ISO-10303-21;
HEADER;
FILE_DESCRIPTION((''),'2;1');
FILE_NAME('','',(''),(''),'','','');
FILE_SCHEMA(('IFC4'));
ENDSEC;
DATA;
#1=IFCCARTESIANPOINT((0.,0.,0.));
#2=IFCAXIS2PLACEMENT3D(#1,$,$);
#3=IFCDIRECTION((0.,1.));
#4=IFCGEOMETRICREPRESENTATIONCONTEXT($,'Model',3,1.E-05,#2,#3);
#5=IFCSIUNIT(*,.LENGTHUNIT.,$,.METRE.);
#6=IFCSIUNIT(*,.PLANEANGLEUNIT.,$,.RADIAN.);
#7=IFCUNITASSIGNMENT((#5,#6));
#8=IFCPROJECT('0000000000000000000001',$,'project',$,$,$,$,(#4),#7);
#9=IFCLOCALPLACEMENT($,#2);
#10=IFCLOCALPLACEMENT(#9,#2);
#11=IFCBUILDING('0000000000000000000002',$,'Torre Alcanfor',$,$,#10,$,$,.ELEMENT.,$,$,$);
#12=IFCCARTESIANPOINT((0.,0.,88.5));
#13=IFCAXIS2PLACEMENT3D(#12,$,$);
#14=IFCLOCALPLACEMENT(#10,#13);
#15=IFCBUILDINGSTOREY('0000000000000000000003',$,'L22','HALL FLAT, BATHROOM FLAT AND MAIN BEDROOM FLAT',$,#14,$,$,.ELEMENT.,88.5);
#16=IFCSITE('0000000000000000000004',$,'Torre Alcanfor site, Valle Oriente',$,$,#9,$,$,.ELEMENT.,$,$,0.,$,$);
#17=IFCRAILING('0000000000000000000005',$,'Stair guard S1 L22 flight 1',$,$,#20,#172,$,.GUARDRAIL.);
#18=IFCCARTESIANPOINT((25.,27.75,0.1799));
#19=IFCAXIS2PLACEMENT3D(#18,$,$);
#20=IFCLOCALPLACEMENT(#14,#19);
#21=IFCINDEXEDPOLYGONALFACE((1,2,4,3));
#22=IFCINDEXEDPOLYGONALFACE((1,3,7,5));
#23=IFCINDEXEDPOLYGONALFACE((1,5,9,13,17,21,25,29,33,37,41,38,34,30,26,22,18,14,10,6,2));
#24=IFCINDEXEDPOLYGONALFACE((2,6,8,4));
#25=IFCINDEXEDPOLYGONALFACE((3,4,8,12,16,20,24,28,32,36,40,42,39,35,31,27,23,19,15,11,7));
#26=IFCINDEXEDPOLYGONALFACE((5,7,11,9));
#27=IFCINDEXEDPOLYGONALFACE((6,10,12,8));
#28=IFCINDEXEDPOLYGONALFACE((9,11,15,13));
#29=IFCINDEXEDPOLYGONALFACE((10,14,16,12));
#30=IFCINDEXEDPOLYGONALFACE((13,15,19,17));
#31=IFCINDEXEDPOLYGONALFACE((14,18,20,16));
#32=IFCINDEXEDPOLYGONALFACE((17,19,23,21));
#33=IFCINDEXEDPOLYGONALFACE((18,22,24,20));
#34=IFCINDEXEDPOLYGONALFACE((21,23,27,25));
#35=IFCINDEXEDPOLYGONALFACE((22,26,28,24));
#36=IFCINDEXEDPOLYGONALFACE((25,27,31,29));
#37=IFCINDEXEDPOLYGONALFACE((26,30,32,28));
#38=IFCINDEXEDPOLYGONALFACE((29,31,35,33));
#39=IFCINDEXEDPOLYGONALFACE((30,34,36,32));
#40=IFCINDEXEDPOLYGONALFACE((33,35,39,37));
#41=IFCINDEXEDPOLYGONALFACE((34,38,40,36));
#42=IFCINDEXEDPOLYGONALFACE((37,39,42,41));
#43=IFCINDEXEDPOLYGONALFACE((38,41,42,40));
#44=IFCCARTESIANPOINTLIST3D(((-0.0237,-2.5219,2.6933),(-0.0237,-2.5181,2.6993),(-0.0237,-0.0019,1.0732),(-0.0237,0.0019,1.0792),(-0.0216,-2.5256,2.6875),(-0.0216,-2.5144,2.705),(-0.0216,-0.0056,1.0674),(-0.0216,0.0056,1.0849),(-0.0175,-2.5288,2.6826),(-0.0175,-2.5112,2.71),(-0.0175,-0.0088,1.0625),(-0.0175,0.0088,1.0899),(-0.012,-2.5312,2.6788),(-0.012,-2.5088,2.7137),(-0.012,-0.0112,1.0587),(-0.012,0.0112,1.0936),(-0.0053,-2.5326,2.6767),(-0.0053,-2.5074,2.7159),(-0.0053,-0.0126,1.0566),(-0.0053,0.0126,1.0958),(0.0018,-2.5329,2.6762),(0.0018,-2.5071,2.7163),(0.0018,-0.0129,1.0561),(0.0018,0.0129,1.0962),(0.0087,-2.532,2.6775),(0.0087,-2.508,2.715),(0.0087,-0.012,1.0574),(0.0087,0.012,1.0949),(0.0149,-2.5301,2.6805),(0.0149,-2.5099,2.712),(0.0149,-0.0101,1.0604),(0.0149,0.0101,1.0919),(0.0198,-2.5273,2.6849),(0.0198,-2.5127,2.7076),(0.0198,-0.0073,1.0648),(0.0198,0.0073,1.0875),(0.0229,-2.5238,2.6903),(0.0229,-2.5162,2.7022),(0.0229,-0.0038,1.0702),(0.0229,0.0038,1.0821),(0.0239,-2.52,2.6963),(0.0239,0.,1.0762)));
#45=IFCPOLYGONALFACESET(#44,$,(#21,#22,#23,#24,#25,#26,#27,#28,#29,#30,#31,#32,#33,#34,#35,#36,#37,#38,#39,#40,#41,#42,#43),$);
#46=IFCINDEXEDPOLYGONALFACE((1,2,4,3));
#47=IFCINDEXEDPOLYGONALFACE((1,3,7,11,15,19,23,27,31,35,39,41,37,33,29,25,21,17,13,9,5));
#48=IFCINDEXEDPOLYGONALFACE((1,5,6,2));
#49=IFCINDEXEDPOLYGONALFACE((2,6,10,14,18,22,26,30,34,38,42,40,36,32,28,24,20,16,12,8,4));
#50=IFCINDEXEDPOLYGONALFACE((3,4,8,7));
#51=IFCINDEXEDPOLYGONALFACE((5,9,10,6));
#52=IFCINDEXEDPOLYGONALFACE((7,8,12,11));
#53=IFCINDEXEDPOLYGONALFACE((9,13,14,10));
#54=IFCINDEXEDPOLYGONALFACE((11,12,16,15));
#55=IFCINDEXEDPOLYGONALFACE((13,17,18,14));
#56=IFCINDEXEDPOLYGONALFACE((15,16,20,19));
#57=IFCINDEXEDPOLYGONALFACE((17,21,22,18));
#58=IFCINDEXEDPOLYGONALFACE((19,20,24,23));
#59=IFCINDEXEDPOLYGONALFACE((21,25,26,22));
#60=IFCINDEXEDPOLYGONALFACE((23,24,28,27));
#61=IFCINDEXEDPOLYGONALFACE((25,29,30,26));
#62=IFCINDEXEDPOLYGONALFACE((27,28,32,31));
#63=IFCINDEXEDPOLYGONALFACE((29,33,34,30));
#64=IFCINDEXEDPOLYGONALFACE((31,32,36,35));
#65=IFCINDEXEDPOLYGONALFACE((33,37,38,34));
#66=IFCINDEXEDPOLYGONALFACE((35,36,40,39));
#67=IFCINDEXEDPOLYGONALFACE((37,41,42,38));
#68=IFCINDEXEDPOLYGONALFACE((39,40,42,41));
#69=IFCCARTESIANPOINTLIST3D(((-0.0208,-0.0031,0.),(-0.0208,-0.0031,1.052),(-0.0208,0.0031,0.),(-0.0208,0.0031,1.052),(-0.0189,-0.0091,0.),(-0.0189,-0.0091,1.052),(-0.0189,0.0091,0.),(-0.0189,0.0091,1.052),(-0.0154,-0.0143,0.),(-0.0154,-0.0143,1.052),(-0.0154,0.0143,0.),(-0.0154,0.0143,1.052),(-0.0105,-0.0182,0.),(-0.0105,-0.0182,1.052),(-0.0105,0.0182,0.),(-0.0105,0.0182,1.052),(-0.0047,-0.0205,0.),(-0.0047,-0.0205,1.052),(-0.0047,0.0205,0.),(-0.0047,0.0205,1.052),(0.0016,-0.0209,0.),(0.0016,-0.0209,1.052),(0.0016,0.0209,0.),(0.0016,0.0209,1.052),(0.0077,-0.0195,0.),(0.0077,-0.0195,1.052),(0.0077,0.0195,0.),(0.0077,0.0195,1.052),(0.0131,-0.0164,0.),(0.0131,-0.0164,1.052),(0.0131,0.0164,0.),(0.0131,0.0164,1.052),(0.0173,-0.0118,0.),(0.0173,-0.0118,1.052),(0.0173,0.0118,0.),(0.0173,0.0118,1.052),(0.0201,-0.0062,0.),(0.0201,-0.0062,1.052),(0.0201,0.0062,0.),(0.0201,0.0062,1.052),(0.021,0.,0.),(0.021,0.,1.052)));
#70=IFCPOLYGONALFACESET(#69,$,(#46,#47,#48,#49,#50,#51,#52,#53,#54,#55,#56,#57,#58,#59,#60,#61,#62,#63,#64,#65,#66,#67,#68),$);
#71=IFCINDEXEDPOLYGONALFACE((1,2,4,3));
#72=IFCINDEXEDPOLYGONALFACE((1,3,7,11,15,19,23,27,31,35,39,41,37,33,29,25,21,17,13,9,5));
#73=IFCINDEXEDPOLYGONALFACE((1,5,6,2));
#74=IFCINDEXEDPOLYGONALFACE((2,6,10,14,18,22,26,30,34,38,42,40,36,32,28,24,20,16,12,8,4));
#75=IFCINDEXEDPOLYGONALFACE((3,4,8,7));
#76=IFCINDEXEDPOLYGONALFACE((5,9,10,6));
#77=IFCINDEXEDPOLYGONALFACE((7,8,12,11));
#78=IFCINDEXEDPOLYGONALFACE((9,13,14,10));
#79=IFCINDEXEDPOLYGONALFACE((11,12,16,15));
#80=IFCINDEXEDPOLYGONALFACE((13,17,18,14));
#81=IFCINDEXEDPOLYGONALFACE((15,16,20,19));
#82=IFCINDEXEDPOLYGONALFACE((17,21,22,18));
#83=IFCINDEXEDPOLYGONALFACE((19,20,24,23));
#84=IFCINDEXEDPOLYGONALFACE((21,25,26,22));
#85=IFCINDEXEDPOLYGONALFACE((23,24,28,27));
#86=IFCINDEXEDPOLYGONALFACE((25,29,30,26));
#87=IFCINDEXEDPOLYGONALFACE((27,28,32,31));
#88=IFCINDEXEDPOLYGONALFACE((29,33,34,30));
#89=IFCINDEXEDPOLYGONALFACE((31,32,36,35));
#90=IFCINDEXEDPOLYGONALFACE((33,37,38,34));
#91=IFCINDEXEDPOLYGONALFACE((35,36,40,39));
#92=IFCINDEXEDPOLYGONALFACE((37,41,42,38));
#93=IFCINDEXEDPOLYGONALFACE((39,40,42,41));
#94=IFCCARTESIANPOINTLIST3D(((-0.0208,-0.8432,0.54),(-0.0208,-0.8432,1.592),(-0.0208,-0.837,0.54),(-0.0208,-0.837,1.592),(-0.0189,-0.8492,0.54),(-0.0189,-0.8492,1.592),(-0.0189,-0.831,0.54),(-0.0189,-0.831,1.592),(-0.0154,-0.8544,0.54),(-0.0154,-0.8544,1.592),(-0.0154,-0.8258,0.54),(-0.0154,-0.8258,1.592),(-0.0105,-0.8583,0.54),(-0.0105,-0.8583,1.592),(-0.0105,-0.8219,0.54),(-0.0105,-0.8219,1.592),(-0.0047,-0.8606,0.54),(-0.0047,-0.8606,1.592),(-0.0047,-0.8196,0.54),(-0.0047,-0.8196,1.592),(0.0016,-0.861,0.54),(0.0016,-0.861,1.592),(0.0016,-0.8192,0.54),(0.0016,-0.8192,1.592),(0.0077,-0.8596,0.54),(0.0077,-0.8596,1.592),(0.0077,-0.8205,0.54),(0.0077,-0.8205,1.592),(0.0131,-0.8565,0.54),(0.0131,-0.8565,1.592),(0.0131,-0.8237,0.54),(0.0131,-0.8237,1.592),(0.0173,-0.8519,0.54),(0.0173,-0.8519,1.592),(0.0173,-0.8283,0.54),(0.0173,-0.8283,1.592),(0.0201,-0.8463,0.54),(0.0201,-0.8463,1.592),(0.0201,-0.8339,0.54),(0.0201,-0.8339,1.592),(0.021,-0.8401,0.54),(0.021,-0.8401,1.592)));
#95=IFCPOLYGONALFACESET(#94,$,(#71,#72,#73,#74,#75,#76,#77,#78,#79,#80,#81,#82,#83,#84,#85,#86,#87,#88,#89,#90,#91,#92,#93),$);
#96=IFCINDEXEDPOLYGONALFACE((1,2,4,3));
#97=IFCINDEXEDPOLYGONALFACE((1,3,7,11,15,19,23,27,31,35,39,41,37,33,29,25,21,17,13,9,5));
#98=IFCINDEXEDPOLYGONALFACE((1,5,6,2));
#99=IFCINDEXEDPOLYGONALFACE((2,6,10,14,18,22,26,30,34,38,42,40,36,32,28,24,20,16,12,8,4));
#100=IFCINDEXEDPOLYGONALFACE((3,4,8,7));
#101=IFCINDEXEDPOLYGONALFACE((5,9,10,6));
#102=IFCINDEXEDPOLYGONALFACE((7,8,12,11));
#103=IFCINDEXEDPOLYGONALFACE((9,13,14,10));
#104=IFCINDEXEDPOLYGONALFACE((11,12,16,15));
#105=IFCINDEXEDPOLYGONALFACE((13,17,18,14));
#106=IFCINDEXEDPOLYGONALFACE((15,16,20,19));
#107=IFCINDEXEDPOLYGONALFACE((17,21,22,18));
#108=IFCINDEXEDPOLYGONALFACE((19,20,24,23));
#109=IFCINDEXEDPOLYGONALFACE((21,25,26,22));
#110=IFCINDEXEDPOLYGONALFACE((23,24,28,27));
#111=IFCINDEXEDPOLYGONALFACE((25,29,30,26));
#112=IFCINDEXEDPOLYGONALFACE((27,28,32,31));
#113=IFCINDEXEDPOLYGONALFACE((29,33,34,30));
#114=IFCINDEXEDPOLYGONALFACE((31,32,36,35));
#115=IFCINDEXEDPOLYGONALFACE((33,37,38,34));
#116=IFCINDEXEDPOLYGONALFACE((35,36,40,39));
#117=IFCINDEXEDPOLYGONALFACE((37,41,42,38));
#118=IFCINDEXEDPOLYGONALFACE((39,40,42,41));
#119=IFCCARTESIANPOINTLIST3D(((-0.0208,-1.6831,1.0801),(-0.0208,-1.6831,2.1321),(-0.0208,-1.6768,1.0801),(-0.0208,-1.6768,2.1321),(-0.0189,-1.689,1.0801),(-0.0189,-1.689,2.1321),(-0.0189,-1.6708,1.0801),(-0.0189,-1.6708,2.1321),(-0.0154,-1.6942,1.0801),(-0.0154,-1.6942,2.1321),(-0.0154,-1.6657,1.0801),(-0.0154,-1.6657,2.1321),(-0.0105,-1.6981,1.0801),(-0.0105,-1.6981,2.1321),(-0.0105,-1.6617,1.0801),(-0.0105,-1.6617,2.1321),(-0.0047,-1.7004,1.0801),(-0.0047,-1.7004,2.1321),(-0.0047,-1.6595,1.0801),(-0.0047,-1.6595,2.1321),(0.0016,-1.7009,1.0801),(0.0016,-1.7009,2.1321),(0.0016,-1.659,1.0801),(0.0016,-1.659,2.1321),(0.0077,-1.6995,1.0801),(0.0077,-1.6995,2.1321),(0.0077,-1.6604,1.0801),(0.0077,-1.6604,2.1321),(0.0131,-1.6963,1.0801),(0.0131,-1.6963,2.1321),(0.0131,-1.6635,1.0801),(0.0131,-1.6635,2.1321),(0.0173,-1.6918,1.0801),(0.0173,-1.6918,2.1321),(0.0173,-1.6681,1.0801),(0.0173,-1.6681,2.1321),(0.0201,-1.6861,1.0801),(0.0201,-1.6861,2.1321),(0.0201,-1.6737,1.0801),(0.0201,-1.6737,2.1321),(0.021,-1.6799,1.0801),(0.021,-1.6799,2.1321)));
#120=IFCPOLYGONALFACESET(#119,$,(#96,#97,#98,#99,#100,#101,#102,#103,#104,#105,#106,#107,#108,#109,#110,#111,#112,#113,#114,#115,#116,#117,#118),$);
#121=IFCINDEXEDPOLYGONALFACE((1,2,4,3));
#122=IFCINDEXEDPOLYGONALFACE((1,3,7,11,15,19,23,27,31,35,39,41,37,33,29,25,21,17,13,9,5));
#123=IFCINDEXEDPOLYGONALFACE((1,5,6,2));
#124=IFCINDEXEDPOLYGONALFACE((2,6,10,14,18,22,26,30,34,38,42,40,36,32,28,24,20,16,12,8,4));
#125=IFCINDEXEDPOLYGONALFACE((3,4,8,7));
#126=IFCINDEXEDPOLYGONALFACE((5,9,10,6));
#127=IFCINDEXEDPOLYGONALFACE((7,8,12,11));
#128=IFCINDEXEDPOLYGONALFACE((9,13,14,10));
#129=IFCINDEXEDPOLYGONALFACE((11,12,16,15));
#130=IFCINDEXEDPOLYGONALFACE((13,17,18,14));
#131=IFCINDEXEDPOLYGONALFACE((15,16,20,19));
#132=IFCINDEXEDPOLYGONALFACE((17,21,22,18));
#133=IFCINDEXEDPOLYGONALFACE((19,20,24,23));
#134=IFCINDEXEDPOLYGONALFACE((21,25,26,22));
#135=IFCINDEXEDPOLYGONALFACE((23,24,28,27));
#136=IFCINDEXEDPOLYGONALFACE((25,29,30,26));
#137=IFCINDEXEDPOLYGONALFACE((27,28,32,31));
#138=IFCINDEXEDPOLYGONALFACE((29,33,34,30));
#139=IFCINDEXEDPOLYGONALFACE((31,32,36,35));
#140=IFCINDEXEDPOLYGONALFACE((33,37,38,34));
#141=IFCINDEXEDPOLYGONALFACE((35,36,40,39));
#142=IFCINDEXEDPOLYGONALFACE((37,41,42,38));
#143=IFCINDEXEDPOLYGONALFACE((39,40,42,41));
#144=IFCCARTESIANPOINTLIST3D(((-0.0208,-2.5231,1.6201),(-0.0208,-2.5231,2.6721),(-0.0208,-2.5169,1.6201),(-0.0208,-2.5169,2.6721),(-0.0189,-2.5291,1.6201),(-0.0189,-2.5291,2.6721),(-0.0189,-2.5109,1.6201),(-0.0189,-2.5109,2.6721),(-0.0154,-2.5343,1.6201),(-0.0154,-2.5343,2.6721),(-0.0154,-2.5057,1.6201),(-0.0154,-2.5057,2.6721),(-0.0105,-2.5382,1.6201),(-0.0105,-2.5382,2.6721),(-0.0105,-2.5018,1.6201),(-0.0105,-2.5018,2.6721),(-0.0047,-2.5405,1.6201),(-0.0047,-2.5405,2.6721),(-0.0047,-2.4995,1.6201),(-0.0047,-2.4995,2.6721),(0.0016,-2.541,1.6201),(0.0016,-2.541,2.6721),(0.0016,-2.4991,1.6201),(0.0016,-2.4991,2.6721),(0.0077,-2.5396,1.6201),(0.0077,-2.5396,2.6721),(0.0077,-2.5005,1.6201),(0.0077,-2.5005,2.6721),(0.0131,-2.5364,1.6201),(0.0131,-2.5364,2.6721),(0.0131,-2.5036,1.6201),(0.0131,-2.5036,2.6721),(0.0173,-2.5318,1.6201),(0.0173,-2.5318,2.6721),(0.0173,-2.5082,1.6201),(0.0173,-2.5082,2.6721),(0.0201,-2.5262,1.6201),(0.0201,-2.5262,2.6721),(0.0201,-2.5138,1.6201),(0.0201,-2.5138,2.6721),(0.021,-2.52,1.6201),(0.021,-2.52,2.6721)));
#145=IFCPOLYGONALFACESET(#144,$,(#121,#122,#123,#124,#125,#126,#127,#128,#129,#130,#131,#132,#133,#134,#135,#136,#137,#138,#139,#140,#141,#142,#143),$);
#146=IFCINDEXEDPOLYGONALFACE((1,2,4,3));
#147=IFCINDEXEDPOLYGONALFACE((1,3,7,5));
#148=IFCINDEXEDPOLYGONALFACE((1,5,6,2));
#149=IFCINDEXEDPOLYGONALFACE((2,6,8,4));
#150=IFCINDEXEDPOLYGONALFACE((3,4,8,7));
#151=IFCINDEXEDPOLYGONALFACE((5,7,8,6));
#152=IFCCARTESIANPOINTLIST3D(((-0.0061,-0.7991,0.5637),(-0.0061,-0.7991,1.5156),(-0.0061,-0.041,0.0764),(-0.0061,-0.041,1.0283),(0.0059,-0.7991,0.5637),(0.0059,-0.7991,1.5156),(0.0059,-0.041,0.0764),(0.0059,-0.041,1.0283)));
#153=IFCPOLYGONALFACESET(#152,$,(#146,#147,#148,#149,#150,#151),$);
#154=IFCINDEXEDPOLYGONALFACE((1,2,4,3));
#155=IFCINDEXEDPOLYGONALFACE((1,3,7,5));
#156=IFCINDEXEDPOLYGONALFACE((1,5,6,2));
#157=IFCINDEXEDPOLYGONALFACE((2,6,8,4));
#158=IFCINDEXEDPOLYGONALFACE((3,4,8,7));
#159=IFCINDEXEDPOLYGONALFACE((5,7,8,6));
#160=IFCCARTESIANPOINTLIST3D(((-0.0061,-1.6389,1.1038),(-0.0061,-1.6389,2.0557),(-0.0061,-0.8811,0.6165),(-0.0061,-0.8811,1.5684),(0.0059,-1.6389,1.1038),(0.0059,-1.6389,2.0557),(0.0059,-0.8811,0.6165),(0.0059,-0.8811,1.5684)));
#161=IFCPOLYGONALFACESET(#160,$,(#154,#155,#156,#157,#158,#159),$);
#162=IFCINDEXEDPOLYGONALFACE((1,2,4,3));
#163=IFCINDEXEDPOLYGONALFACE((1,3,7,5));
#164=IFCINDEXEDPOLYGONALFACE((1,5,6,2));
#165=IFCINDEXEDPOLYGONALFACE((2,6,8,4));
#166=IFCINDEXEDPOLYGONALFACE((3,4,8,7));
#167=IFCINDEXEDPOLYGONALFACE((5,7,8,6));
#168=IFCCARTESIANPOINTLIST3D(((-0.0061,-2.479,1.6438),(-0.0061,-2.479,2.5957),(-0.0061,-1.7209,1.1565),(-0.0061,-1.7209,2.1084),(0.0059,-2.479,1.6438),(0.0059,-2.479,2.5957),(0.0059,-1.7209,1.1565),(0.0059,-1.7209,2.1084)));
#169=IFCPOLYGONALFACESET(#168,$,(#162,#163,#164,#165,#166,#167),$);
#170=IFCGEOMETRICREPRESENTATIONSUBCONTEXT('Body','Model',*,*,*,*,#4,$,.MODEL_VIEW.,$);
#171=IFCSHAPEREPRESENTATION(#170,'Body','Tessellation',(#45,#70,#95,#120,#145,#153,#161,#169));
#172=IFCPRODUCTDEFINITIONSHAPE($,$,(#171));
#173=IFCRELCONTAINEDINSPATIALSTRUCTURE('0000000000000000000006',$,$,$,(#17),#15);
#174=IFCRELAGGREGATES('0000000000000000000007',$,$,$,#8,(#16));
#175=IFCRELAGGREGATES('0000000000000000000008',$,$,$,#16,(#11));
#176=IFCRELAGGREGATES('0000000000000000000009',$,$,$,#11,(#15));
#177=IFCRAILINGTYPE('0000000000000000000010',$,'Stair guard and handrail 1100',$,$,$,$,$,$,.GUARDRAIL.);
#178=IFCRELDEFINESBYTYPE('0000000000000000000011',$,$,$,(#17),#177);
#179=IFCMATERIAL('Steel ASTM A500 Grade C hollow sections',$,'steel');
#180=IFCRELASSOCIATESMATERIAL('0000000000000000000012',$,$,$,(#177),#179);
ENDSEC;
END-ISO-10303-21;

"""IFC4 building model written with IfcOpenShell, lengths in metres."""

from ifc_helpers import new_model, si_unit, direction, frame, origin, origin_2d, place, context, subcontext, project, spatial, polyline, circle, outline, extrude, material, type_object, element, save


model = new_model("IFC4")

# Units and contexts
model_context = context("Model", 3, precision=1e-05, world=origin(), true_north=direction((0.0, 1.0)))
body_context = subcontext(model_context, "Body", "Model", "MODEL_VIEW")
ifc_project = project(units=[si_unit("LENGTHUNIT", "METRE"), si_unit("PLANEANGLEUNIT", "RADIAN")], contexts=[model_context])

# Site, building, storey
site_placement = place(None, origin())
site = spatial("IfcSite", under=ifc_project, at=site_placement, Name="Torre Alcanfor site, Valle Oriente", CompositionType="ELEMENT", RefElevation=0.0)
building_placement = place(site_placement, origin())
building = spatial("IfcBuilding", under=site, at=building_placement, Name="Torre Alcanfor", CompositionType="ELEMENT")
storey_placement = place(building_placement, frame((0.0, 0.0, 88.5)))
storey = spatial("IfcBuildingStorey", under=building, at=storey_placement, Name="L22", Description="HALL FLAT, BATHROOM FLAT AND MAIN BEDROOM FLAT", CompositionType="ELEMENT", Elevation=88.5)

# Railing
ifc_material_1 = material(Name="Steel ASTM A500 Grade C hollow sections", Category="steel")
railing_type_1 = type_object("IfcRailingType", Name="Stair guard and handrail 1100", PredefinedType="GUARDRAIL", material=ifc_material_1)
railing_1_placement = place(storey_placement, frame((25.0, 27.75, 0.1799)))
element("IfcRailing", 1, at=railing_1_placement, inside=storey, type_object=railing_type_1, Name="Stair guard S1 L22 flight 1", PredefinedType="GUARDRAIL", context=body_context, shape_type="SweptSolid", body=[
    extrude(circle(Radius=0.0239, at=origin_2d()), frame((0.0, 0.0, 1.0762), z_axis=(0.0, -0.841163, 0.540782), x_axis=(1.0, 0.0, 0.0)), (0.0, 0.0, 1.0), 2.9958),
    extrude(circle(Radius=0.021, at=origin_2d()), origin(), (0.0, 0.0, 1.0), 1.052),
    extrude(circle(Radius=0.021, at=origin_2d()), frame((0.0, -0.8401, 0.54)), (0.0, 0.0, 1.0), 1.052),
    extrude(circle(Radius=0.021, at=origin_2d()), frame((0.0, -1.6799, 1.0801)), (0.0, 0.0, 1.0), 1.052),
    extrude(circle(Radius=0.021, at=origin_2d()), frame((0.0, -2.52, 1.6201)), (0.0, 0.0, 1.0), 1.052),
    extrude(outline(polyline([(0.041, 0.0764), (0.7991, 0.5637), (0.7991, 1.5156), (0.041, 1.0283), (0.041, 0.0764)])), frame((0.0059, 0.0, 0.0), z_axis=(-1.0, 0.0, 0.0), x_axis=(0.0, -1.0, 0.0)), (0.0, 0.0, 1.0), 0.012),
    extrude(outline(polyline([(0.8811, 0.6165), (1.6389, 1.1038), (1.6389, 2.0557), (0.8811, 1.5684), (0.8811, 0.6165)])), frame((0.0059, 0.0, 0.0), z_axis=(-1.0, 0.0, 0.0), x_axis=(0.0, -1.0, 0.0)), (0.0, 0.0, 1.0), 0.012),
    extrude(outline(polyline([(1.7209, 1.1565), (2.479, 1.6438), (2.479, 2.5957), (1.7209, 2.1084), (1.7209, 1.1565)])), frame((0.0059, 0.0, 0.0), z_axis=(-1.0, 0.0, 0.0), x_axis=(0.0, -1.0, 0.0)), (0.0, 0.0, 1.0), 0.012),
])

save(model, "model.ifc")
